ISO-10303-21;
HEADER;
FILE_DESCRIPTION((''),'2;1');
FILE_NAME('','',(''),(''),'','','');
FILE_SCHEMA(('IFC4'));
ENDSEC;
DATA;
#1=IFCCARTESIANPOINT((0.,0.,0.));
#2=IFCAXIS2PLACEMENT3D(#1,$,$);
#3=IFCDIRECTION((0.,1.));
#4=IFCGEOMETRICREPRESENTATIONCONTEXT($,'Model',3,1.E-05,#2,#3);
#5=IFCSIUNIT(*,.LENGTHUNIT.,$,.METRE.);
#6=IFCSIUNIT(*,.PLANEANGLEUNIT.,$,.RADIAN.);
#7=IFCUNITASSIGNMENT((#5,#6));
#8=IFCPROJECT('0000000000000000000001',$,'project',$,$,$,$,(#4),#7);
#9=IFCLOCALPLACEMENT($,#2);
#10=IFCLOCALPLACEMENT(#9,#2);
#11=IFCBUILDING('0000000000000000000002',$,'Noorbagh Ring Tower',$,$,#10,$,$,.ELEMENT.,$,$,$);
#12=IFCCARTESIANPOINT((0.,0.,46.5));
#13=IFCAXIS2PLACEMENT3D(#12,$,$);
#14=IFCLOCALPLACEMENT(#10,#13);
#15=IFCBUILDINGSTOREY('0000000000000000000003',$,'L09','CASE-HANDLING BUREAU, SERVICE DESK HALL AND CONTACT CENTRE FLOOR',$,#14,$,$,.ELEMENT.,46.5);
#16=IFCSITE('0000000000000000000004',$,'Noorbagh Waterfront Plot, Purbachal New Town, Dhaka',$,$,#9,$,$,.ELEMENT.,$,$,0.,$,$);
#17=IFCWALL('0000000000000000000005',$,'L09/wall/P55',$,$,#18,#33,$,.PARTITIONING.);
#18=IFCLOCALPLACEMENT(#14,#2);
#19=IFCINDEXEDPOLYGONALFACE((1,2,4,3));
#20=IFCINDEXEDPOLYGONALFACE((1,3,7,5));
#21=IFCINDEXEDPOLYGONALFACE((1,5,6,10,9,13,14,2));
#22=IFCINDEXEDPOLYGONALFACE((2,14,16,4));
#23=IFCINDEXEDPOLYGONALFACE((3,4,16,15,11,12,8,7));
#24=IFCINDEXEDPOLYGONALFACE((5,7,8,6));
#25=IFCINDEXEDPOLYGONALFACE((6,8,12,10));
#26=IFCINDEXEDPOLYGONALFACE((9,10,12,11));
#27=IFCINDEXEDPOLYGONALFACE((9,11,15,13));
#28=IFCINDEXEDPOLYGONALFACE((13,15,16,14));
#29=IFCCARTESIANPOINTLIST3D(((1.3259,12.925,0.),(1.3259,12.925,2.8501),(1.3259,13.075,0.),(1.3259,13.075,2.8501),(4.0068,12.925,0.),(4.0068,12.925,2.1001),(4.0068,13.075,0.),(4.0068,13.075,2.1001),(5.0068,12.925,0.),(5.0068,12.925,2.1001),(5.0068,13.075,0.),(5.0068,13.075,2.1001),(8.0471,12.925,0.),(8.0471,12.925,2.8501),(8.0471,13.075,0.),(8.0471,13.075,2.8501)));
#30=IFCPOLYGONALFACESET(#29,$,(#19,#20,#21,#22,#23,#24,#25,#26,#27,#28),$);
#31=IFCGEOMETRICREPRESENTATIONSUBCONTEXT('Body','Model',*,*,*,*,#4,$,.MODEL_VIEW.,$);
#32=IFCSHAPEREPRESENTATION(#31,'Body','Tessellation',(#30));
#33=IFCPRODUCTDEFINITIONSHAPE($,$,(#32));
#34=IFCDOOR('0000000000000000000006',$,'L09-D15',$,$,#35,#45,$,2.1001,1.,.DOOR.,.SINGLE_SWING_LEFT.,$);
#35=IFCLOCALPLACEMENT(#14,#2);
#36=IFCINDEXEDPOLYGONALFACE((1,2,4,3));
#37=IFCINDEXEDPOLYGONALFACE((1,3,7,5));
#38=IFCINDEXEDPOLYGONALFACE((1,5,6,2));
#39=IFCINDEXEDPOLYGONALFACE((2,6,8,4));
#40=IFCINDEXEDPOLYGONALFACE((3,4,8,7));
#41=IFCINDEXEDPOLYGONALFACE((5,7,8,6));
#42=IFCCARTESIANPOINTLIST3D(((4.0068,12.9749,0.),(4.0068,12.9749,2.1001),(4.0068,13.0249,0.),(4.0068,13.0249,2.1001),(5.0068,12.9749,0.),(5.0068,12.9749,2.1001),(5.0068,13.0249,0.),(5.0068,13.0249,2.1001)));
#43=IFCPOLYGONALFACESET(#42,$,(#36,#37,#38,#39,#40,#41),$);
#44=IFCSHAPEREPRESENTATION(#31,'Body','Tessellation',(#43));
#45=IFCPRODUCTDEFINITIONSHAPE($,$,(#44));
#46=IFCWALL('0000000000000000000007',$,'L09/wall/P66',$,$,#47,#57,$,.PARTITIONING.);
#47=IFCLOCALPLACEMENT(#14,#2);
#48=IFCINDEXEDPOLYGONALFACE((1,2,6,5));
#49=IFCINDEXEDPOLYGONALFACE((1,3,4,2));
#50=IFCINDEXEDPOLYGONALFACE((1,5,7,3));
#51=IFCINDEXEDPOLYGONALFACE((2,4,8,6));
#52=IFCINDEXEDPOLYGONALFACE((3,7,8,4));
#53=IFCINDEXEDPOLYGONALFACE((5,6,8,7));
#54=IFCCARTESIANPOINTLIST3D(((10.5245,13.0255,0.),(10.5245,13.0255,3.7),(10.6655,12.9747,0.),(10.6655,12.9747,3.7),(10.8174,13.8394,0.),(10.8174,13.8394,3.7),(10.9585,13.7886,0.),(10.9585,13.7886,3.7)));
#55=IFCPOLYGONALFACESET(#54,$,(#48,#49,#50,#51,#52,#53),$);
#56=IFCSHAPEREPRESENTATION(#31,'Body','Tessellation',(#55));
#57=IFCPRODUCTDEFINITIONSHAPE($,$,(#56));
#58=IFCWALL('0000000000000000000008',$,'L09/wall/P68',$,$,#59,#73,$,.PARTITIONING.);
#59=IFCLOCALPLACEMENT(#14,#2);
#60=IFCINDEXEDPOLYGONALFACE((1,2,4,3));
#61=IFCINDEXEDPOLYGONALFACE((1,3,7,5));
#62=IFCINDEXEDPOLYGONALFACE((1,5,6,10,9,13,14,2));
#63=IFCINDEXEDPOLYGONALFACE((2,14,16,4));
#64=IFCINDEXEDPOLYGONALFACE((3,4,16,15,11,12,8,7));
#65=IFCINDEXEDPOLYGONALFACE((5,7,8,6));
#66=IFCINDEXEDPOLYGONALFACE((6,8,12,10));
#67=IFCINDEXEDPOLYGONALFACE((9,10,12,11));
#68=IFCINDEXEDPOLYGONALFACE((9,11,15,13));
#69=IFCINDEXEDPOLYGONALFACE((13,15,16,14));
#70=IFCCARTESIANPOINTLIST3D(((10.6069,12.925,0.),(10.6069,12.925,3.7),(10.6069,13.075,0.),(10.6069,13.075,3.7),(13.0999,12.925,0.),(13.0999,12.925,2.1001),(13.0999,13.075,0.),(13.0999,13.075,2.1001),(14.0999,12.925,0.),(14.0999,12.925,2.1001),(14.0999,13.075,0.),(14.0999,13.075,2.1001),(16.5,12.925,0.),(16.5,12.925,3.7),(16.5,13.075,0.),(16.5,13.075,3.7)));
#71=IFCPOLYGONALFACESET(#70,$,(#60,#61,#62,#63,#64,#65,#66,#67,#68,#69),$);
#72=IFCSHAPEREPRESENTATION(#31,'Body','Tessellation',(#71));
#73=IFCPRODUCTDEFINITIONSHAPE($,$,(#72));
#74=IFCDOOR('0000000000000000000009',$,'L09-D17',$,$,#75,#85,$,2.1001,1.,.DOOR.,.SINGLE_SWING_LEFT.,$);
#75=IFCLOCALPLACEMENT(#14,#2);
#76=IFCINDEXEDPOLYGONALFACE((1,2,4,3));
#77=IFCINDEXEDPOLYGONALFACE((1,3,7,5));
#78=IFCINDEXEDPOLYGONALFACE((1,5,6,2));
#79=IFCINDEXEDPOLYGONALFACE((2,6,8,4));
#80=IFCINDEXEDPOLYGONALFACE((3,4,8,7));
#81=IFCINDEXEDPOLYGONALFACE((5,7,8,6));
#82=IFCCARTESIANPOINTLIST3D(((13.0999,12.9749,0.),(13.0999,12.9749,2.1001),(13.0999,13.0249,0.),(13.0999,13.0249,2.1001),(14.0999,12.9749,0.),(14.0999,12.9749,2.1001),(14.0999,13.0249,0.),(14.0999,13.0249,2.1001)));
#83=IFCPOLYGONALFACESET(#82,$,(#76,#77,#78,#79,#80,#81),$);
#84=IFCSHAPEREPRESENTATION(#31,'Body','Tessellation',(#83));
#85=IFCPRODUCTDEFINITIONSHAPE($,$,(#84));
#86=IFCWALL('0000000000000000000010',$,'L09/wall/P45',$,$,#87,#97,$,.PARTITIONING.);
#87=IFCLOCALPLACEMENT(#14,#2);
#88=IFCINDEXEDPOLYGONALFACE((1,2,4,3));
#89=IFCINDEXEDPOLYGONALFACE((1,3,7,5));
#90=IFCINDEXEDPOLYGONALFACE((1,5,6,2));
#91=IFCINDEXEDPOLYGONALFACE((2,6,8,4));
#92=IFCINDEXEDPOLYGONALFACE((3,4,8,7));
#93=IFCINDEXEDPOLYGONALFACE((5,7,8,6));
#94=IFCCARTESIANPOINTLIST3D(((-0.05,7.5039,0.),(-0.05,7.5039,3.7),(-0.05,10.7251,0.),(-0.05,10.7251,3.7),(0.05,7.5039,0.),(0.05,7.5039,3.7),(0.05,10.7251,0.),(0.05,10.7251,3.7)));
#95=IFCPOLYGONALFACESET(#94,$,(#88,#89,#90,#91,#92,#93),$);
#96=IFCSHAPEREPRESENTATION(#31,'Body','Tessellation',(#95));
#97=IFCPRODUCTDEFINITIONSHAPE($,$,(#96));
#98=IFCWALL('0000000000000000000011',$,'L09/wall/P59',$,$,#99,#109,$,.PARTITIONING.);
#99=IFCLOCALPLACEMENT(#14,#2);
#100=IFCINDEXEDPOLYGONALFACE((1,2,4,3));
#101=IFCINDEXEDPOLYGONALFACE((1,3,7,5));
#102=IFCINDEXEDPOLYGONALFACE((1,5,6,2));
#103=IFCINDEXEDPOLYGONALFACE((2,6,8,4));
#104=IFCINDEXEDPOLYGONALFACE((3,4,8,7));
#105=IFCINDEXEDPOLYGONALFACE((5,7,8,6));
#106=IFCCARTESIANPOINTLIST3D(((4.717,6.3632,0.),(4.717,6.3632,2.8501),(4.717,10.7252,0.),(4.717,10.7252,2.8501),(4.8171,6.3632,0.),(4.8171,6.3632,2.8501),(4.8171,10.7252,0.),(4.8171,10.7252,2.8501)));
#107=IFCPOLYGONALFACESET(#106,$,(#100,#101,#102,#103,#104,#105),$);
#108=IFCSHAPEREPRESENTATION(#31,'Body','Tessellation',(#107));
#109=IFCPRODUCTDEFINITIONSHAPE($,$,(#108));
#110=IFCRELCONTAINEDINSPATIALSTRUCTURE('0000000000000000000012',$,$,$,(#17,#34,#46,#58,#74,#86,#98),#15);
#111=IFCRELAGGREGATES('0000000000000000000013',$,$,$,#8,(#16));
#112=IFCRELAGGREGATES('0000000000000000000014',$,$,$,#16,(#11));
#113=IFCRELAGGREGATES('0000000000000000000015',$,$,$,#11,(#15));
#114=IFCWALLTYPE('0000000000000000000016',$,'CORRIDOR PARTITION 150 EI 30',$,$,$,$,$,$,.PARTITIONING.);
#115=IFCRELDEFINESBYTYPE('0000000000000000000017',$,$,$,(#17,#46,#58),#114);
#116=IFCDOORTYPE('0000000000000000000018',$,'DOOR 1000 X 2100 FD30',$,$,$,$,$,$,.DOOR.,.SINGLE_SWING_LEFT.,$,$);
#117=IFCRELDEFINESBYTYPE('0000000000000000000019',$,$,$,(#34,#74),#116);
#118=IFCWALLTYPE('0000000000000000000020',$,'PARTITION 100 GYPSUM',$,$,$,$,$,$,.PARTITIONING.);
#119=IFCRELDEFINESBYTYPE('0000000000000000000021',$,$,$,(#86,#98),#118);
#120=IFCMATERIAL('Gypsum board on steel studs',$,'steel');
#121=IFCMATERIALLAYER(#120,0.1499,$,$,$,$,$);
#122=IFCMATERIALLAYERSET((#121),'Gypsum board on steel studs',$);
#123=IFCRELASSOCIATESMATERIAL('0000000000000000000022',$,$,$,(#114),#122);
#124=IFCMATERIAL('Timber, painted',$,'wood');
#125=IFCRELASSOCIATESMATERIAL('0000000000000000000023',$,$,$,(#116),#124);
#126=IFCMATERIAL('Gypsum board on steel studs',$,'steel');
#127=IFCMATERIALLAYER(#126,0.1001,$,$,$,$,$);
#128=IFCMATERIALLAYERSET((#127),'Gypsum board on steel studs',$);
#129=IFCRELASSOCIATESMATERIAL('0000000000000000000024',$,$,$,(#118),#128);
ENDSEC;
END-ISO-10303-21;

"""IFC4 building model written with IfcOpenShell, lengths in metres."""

from ifc_helpers import new_model, si_unit, direction, frame, frame_2d, origin, place, context, subcontext, project, spatial, rectangle, extrude, material, layer, layer_set, type_object, element, fill, save


model = new_model("IFC4")

# Units and contexts
model_context = context("Model", 3, precision=1e-05, world=origin(), true_north=direction((0.0, 1.0)))
body_context = subcontext(model_context, "Body", "Model", "MODEL_VIEW")
ifc_project = project(units=[si_unit("LENGTHUNIT", "METRE"), si_unit("PLANEANGLEUNIT", "RADIAN")], contexts=[model_context])

# Site, building, storey
site_placement = place(None, origin())
site = spatial("IfcSite", under=ifc_project, at=site_placement, Name="Noorbagh Waterfront Plot, Purbachal New Town, Dhaka", CompositionType="ELEMENT", RefElevation=0.0)
building_placement = place(site_placement, origin())
building = spatial("IfcBuilding", under=site, at=building_placement, Name="Noorbagh Ring Tower", CompositionType="ELEMENT")
storey_placement = place(building_placement, frame((0.0, 0.0, 46.5)))
storey = spatial("IfcBuildingStorey", under=building, at=storey_placement, Name="L09", Description="CASE-HANDLING BUREAU, SERVICE DESK HALL AND CONTACT CENTRE FLOOR", CompositionType="ELEMENT", Elevation=46.5)

# Wall, opening, door
ifc_material_1 = material(Name="Gypsum board on steel studs", Category="steel")
ifc_layer_1 = layer(ifc_material_1, 0.1499)
ifc_layer_set_1 = layer_set([ifc_layer_1], Name="Gypsum board on steel studs")
wall_type_1 = type_object("IfcWallType", Name="CORRIDOR PARTITION 150 EI 30", PredefinedType="PARTITIONING", material=ifc_layer_set_1)
wall_1_placement = place(storey_placement, frame((1.3259, 13.0, 0.0), z_axis=(0.0, 0.0, 1.0), x_axis=(1.0, 0.0, 0.0)))
wall_1 = element("IfcWall", 1, at=wall_1_placement, inside=storey, type_object=wall_type_1, Name="L09/wall/P55", PredefinedType="PARTITIONING", context=body_context, shape_type="SweptSolid", body=[
    extrude(rectangle(XDim=6.7212, YDim=0.1499, at=frame_2d((3.3606, 0.0))), origin(), (0.0, 0.0, 1.0), 2.8501),
])
opening_1_placement = place(wall_1_placement, frame((2.6809, 0.0, 0.0)))
opening_1 = element("IfcOpeningElement", 2, at=opening_1_placement, cuts=wall_1, PredefinedType="OPENING", context=body_context, shape_type="SweptSolid", body=[
    extrude(rectangle(XDim=1.0, YDim=2.1001, at=frame_2d((0.5, 1.05))), frame((0.0, 0.085, 0.0), z_axis=(0.0, -1.0, 0.0), x_axis=(1.0, 0.0, 0.0)), (0.0, 0.0, 1.0), 0.1699),
])
ifc_material_2 = material(Name="Timber, painted", Category="wood")
door_type = type_object("IfcDoorType", Name="DOOR 1000 X 2100 FD30", OperationType="SINGLE_SWING_LEFT", PredefinedType="DOOR", material=ifc_material_2)
door_1_placement = place(opening_1_placement, origin())
door_1 = element("IfcDoor", 3, at=door_1_placement, inside=storey, type_object=door_type, Name="L09-D15", OperationType="SINGLE_SWING_LEFT", OverallHeight=2.1001, OverallWidth=1.0, PredefinedType="DOOR", context=body_context, shape_type="SweptSolid", body=[
    extrude(rectangle(XDim=1.0, YDim=2.1001, at=frame_2d((0.5, 1.05))), frame((0.0, 0.0249, 0.0), z_axis=(0.0, -1.0, 0.0), x_axis=(1.0, 0.0, 0.0)), (0.0, 0.0, 1.0), 0.05),
])
fill(opening_1, door_1)

# Wall
wall_2_placement = place(storey_placement, frame((10.595, 13.0, 0.0), z_axis=(0.0, 0.0, 1.0), x_axis=(0.33866, 0.940909, 0.0)))
element("IfcWall", 4, at=wall_2_placement, inside=storey, type_object=wall_type_1, Name="L09/wall/P66", PredefinedType="PARTITIONING", context=body_context, shape_type="SweptSolid", body=[
    extrude(rectangle(XDim=0.865, YDim=0.1499, at=frame_2d((0.4326, 0.0))), origin(), (0.0, 0.0, 1.0), 3.7),
])

# Wall, opening, door
wall_3_placement = place(storey_placement, frame((10.6069, 13.0, 0.0), z_axis=(0.0, 0.0, 1.0), x_axis=(1.0, 0.0, 0.0)))
wall_3 = element("IfcWall", 5, at=wall_3_placement, inside=storey, type_object=wall_type_1, Name="L09/wall/P68", PredefinedType="PARTITIONING", context=body_context, shape_type="SweptSolid", body=[
    extrude(rectangle(XDim=5.8931, YDim=0.1499, at=frame_2d((2.9465, 0.0))), origin(), (0.0, 0.0, 1.0), 3.7),
])
opening_2_placement = place(wall_3_placement, frame((2.4929, 0.0, 0.0)))
opening_2 = element("IfcOpeningElement", 6, at=opening_2_placement, cuts=wall_3, PredefinedType="OPENING", context=body_context, shape_type="SweptSolid", body=[
    extrude(rectangle(XDim=1.0, YDim=2.1001, at=frame_2d((0.5, 1.05))), frame((0.0, 0.085, 0.0), z_axis=(0.0, -1.0, 0.0), x_axis=(1.0, 0.0, 0.0)), (0.0, 0.0, 1.0), 0.1699),
])
door_2_placement = place(opening_2_placement, origin())
door_2 = element("IfcDoor", 7, at=door_2_placement, inside=storey, type_object=door_type, Name="L09-D17", OperationType="SINGLE_SWING_LEFT", OverallHeight=2.1001, OverallWidth=1.0, PredefinedType="DOOR", context=body_context, shape_type="SweptSolid", body=[
    extrude(rectangle(XDim=1.0, YDim=2.1001, at=frame_2d((0.5, 1.05))), frame((0.0, 0.0249, 0.0), z_axis=(0.0, -1.0, 0.0), x_axis=(1.0, 0.0, 0.0)), (0.0, 0.0, 1.0), 0.05),
])
fill(opening_2, door_2)

# Walls
ifc_material_3 = material(Name="Gypsum board on steel studs", Category="steel")
ifc_layer_2 = layer(ifc_material_3, 0.1001)
ifc_layer_set_2 = layer_set([ifc_layer_2], Name="Gypsum board on steel studs")
wall_type_2 = type_object("IfcWallType", Name="PARTITION 100 GYPSUM", PredefinedType="PARTITIONING", material=ifc_layer_set_2)
wall_4_placement = place(storey_placement, frame((0.0, 7.5039, 0.0), z_axis=(0.0, 0.0, 1.0), x_axis=(0.0, 1.0, 0.0)))
element("IfcWall", 8, at=wall_4_placement, inside=storey, type_object=wall_type_2, Name="L09/wall/P45", PredefinedType="PARTITIONING", context=body_context, shape_type="SweptSolid", body=[
    extrude(rectangle(XDim=3.2212, YDim=0.1001, at=frame_2d((1.6106, 0.0))), origin(), (0.0, 0.0, 1.0), 3.7),
])
wall_5_placement = place(storey_placement, frame((4.7671, 6.363, 0.0), z_axis=(0.0, 0.0, 1.0), x_axis=(0.0, 1.0, 0.0)))
element("IfcWall", 9, at=wall_5_placement, inside=storey, type_object=wall_type_2, Name="L09/wall/P59", PredefinedType="PARTITIONING", context=body_context, shape_type="SweptSolid", body=[
    extrude(rectangle(XDim=4.3621, YDim=0.1001, at=frame_2d((2.1812, 0.0))), origin(), (0.0, 0.0, 1.0), 2.8501),
])

save(model, "model.ifc")
